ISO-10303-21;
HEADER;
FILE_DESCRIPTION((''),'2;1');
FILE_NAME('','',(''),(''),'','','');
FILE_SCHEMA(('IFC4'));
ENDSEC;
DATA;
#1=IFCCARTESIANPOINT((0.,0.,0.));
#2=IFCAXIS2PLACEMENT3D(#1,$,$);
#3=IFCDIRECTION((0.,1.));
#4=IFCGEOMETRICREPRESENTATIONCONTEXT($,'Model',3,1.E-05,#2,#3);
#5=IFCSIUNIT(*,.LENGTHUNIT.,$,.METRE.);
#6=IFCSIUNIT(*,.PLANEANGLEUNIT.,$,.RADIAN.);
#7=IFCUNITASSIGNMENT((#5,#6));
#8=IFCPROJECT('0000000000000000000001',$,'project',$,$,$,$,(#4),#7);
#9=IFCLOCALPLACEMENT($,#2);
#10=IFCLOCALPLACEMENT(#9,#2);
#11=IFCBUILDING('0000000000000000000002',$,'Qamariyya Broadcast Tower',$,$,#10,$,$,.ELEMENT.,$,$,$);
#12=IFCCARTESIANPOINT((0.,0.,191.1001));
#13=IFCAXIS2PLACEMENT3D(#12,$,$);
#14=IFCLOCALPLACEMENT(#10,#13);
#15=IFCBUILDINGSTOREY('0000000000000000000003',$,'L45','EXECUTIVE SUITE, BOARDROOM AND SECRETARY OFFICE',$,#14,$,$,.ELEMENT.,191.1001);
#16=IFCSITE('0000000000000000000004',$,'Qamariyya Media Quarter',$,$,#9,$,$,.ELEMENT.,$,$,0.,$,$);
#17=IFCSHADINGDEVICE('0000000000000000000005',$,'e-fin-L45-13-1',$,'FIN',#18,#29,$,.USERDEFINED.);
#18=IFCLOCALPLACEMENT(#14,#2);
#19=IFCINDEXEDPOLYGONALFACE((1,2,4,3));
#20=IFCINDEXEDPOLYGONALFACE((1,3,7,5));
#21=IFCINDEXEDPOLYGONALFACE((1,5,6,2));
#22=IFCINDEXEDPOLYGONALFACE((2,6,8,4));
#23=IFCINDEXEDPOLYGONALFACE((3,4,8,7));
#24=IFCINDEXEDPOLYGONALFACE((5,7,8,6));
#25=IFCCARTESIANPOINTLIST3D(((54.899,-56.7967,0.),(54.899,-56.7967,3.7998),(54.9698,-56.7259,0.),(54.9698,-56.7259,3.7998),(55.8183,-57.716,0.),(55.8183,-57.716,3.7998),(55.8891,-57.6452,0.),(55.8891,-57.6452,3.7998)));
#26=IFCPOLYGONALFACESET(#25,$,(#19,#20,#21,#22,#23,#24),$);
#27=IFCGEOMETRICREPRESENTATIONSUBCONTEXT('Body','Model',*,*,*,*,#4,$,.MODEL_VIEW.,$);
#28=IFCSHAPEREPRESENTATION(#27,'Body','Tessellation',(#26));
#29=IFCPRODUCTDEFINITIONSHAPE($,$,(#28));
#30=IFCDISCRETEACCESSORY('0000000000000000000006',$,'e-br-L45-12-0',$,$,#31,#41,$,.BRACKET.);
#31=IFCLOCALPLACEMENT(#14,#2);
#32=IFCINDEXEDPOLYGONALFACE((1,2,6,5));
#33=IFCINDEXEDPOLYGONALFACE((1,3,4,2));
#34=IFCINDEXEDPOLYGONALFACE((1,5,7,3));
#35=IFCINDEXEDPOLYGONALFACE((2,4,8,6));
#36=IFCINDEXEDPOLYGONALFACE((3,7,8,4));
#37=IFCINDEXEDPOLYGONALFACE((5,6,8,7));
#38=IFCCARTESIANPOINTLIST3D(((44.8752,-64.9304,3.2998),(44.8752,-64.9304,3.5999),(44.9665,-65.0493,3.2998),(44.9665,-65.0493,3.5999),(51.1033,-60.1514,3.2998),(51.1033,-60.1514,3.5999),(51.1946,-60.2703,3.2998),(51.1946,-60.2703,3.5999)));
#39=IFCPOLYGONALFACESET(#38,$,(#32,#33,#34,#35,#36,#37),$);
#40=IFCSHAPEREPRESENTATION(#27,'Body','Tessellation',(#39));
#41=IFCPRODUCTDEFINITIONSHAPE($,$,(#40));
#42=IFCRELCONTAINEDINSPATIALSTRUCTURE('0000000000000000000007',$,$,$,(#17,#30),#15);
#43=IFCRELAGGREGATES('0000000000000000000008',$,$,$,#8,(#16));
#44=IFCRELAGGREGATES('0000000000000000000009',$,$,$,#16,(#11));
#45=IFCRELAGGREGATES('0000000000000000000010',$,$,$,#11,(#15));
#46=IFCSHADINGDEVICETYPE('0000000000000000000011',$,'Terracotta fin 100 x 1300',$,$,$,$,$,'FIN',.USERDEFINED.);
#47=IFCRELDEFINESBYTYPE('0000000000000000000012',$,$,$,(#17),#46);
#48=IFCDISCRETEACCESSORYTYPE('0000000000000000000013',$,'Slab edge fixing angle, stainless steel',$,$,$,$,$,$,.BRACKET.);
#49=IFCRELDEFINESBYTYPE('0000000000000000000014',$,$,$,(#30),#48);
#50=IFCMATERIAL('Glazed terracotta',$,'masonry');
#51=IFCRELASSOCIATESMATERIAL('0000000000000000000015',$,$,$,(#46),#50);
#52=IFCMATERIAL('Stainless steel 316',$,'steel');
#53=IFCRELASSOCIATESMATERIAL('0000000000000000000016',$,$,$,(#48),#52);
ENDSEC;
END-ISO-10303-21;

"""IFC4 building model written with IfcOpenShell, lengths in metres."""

from ifc_helpers import new_model, si_unit, direction, frame, origin, origin_2d, place, context, subcontext, project, spatial, rectangle, extrude, material, material_profile, profile_set, type_object, element, save


model = new_model("IFC4")

# Units and contexts
model_context = context("Model", 3, precision=1e-05, world=origin(), true_north=direction((0.0, 1.0)))
body_context = subcontext(model_context, "Body", "Model", "MODEL_VIEW")
ifc_project = project(units=[si_unit("LENGTHUNIT", "METRE"), si_unit("PLANEANGLEUNIT", "RADIAN")], contexts=[model_context])

# Site, building, storey
site_placement = place(None, origin())
site = spatial("IfcSite", under=ifc_project, at=site_placement, Name="Qamariyya Media Quarter", CompositionType="ELEMENT", RefElevation=0.0)
building_placement = place(site_placement, origin())
building = spatial("IfcBuilding", under=site, at=building_placement, Name="Qamariyya Broadcast Tower", CompositionType="ELEMENT")
storey_placement = place(building_placement, frame((0.0, 0.0, 191.1001)))
storey = spatial("IfcBuildingStorey", under=building, at=storey_placement, Name="L45", Description="EXECUTIVE SUITE, BOARDROOM AND SECRETARY OFFICE", CompositionType="ELEMENT", Elevation=191.1001)

# Shading device
ifc_material_1 = material(Name="Glazed terracotta", Category="masonry")
ifc_material_profile_1 = material_profile(ifc_material_1, rectangle(XDim=1.3, YDim=0.1001, at=origin_2d()))
ifc_profile_set_1 = profile_set([ifc_material_profile_1], Name="Glazed terracotta")
shading_device_type_1 = type_object("IfcShadingDeviceType", Name="Terracotta fin 100 x 1300", ElementType="FIN", PredefinedType="USERDEFINED", material=ifc_profile_set_1)
for number, where, z_axis, x_axis, name in (
    (1, (55.394, -57.2209, 0.0), (0.0, 0.0, 1.0), (0.707107, -0.707107, 0.0), "e-fin-L45-13-1"),
):
    element("IfcShadingDevice", number, at=place(storey_placement, frame(where, z_axis=z_axis, x_axis=x_axis)), inside=storey, type_object=shading_device_type_1, Name=name, ObjectType="FIN", PredefinedType="USERDEFINED", context=body_context, shape_type="SweptSolid", body=[
        extrude(rectangle(XDim=1.3, YDim=0.1001, at=origin_2d()), origin(), (0.0, 0.0, 1.0), 3.7998),
    ])

# Discrete accessory
ifc_material_2 = material(Name="Stainless steel 316", Category="steel")
discrete_accessory_type = type_object("IfcDiscreteAccessoryType", Name="Slab edge fixing angle, stainless steel", PredefinedType="BRACKET", material=ifc_material_2)
discrete_accessory_placement = place(storey_placement, frame((48.0349, -62.6003, 3.2998), z_axis=(0.0, 0.0, 1.0), x_axis=(0.793353, 0.608761, 0.0)))
element("IfcDiscreteAccessory", 2, at=discrete_accessory_placement, inside=storey, type_object=discrete_accessory_type, Name="e-br-L45-12-0", PredefinedType="BRACKET", context=body_context, shape_type="SweptSolid", body=[
    extrude(rectangle(XDim=7.8503, YDim=0.1499, at=origin_2d()), origin(), (0.0, 0.0, 1.0), 0.3),
])

save(model, "model.ifc")
